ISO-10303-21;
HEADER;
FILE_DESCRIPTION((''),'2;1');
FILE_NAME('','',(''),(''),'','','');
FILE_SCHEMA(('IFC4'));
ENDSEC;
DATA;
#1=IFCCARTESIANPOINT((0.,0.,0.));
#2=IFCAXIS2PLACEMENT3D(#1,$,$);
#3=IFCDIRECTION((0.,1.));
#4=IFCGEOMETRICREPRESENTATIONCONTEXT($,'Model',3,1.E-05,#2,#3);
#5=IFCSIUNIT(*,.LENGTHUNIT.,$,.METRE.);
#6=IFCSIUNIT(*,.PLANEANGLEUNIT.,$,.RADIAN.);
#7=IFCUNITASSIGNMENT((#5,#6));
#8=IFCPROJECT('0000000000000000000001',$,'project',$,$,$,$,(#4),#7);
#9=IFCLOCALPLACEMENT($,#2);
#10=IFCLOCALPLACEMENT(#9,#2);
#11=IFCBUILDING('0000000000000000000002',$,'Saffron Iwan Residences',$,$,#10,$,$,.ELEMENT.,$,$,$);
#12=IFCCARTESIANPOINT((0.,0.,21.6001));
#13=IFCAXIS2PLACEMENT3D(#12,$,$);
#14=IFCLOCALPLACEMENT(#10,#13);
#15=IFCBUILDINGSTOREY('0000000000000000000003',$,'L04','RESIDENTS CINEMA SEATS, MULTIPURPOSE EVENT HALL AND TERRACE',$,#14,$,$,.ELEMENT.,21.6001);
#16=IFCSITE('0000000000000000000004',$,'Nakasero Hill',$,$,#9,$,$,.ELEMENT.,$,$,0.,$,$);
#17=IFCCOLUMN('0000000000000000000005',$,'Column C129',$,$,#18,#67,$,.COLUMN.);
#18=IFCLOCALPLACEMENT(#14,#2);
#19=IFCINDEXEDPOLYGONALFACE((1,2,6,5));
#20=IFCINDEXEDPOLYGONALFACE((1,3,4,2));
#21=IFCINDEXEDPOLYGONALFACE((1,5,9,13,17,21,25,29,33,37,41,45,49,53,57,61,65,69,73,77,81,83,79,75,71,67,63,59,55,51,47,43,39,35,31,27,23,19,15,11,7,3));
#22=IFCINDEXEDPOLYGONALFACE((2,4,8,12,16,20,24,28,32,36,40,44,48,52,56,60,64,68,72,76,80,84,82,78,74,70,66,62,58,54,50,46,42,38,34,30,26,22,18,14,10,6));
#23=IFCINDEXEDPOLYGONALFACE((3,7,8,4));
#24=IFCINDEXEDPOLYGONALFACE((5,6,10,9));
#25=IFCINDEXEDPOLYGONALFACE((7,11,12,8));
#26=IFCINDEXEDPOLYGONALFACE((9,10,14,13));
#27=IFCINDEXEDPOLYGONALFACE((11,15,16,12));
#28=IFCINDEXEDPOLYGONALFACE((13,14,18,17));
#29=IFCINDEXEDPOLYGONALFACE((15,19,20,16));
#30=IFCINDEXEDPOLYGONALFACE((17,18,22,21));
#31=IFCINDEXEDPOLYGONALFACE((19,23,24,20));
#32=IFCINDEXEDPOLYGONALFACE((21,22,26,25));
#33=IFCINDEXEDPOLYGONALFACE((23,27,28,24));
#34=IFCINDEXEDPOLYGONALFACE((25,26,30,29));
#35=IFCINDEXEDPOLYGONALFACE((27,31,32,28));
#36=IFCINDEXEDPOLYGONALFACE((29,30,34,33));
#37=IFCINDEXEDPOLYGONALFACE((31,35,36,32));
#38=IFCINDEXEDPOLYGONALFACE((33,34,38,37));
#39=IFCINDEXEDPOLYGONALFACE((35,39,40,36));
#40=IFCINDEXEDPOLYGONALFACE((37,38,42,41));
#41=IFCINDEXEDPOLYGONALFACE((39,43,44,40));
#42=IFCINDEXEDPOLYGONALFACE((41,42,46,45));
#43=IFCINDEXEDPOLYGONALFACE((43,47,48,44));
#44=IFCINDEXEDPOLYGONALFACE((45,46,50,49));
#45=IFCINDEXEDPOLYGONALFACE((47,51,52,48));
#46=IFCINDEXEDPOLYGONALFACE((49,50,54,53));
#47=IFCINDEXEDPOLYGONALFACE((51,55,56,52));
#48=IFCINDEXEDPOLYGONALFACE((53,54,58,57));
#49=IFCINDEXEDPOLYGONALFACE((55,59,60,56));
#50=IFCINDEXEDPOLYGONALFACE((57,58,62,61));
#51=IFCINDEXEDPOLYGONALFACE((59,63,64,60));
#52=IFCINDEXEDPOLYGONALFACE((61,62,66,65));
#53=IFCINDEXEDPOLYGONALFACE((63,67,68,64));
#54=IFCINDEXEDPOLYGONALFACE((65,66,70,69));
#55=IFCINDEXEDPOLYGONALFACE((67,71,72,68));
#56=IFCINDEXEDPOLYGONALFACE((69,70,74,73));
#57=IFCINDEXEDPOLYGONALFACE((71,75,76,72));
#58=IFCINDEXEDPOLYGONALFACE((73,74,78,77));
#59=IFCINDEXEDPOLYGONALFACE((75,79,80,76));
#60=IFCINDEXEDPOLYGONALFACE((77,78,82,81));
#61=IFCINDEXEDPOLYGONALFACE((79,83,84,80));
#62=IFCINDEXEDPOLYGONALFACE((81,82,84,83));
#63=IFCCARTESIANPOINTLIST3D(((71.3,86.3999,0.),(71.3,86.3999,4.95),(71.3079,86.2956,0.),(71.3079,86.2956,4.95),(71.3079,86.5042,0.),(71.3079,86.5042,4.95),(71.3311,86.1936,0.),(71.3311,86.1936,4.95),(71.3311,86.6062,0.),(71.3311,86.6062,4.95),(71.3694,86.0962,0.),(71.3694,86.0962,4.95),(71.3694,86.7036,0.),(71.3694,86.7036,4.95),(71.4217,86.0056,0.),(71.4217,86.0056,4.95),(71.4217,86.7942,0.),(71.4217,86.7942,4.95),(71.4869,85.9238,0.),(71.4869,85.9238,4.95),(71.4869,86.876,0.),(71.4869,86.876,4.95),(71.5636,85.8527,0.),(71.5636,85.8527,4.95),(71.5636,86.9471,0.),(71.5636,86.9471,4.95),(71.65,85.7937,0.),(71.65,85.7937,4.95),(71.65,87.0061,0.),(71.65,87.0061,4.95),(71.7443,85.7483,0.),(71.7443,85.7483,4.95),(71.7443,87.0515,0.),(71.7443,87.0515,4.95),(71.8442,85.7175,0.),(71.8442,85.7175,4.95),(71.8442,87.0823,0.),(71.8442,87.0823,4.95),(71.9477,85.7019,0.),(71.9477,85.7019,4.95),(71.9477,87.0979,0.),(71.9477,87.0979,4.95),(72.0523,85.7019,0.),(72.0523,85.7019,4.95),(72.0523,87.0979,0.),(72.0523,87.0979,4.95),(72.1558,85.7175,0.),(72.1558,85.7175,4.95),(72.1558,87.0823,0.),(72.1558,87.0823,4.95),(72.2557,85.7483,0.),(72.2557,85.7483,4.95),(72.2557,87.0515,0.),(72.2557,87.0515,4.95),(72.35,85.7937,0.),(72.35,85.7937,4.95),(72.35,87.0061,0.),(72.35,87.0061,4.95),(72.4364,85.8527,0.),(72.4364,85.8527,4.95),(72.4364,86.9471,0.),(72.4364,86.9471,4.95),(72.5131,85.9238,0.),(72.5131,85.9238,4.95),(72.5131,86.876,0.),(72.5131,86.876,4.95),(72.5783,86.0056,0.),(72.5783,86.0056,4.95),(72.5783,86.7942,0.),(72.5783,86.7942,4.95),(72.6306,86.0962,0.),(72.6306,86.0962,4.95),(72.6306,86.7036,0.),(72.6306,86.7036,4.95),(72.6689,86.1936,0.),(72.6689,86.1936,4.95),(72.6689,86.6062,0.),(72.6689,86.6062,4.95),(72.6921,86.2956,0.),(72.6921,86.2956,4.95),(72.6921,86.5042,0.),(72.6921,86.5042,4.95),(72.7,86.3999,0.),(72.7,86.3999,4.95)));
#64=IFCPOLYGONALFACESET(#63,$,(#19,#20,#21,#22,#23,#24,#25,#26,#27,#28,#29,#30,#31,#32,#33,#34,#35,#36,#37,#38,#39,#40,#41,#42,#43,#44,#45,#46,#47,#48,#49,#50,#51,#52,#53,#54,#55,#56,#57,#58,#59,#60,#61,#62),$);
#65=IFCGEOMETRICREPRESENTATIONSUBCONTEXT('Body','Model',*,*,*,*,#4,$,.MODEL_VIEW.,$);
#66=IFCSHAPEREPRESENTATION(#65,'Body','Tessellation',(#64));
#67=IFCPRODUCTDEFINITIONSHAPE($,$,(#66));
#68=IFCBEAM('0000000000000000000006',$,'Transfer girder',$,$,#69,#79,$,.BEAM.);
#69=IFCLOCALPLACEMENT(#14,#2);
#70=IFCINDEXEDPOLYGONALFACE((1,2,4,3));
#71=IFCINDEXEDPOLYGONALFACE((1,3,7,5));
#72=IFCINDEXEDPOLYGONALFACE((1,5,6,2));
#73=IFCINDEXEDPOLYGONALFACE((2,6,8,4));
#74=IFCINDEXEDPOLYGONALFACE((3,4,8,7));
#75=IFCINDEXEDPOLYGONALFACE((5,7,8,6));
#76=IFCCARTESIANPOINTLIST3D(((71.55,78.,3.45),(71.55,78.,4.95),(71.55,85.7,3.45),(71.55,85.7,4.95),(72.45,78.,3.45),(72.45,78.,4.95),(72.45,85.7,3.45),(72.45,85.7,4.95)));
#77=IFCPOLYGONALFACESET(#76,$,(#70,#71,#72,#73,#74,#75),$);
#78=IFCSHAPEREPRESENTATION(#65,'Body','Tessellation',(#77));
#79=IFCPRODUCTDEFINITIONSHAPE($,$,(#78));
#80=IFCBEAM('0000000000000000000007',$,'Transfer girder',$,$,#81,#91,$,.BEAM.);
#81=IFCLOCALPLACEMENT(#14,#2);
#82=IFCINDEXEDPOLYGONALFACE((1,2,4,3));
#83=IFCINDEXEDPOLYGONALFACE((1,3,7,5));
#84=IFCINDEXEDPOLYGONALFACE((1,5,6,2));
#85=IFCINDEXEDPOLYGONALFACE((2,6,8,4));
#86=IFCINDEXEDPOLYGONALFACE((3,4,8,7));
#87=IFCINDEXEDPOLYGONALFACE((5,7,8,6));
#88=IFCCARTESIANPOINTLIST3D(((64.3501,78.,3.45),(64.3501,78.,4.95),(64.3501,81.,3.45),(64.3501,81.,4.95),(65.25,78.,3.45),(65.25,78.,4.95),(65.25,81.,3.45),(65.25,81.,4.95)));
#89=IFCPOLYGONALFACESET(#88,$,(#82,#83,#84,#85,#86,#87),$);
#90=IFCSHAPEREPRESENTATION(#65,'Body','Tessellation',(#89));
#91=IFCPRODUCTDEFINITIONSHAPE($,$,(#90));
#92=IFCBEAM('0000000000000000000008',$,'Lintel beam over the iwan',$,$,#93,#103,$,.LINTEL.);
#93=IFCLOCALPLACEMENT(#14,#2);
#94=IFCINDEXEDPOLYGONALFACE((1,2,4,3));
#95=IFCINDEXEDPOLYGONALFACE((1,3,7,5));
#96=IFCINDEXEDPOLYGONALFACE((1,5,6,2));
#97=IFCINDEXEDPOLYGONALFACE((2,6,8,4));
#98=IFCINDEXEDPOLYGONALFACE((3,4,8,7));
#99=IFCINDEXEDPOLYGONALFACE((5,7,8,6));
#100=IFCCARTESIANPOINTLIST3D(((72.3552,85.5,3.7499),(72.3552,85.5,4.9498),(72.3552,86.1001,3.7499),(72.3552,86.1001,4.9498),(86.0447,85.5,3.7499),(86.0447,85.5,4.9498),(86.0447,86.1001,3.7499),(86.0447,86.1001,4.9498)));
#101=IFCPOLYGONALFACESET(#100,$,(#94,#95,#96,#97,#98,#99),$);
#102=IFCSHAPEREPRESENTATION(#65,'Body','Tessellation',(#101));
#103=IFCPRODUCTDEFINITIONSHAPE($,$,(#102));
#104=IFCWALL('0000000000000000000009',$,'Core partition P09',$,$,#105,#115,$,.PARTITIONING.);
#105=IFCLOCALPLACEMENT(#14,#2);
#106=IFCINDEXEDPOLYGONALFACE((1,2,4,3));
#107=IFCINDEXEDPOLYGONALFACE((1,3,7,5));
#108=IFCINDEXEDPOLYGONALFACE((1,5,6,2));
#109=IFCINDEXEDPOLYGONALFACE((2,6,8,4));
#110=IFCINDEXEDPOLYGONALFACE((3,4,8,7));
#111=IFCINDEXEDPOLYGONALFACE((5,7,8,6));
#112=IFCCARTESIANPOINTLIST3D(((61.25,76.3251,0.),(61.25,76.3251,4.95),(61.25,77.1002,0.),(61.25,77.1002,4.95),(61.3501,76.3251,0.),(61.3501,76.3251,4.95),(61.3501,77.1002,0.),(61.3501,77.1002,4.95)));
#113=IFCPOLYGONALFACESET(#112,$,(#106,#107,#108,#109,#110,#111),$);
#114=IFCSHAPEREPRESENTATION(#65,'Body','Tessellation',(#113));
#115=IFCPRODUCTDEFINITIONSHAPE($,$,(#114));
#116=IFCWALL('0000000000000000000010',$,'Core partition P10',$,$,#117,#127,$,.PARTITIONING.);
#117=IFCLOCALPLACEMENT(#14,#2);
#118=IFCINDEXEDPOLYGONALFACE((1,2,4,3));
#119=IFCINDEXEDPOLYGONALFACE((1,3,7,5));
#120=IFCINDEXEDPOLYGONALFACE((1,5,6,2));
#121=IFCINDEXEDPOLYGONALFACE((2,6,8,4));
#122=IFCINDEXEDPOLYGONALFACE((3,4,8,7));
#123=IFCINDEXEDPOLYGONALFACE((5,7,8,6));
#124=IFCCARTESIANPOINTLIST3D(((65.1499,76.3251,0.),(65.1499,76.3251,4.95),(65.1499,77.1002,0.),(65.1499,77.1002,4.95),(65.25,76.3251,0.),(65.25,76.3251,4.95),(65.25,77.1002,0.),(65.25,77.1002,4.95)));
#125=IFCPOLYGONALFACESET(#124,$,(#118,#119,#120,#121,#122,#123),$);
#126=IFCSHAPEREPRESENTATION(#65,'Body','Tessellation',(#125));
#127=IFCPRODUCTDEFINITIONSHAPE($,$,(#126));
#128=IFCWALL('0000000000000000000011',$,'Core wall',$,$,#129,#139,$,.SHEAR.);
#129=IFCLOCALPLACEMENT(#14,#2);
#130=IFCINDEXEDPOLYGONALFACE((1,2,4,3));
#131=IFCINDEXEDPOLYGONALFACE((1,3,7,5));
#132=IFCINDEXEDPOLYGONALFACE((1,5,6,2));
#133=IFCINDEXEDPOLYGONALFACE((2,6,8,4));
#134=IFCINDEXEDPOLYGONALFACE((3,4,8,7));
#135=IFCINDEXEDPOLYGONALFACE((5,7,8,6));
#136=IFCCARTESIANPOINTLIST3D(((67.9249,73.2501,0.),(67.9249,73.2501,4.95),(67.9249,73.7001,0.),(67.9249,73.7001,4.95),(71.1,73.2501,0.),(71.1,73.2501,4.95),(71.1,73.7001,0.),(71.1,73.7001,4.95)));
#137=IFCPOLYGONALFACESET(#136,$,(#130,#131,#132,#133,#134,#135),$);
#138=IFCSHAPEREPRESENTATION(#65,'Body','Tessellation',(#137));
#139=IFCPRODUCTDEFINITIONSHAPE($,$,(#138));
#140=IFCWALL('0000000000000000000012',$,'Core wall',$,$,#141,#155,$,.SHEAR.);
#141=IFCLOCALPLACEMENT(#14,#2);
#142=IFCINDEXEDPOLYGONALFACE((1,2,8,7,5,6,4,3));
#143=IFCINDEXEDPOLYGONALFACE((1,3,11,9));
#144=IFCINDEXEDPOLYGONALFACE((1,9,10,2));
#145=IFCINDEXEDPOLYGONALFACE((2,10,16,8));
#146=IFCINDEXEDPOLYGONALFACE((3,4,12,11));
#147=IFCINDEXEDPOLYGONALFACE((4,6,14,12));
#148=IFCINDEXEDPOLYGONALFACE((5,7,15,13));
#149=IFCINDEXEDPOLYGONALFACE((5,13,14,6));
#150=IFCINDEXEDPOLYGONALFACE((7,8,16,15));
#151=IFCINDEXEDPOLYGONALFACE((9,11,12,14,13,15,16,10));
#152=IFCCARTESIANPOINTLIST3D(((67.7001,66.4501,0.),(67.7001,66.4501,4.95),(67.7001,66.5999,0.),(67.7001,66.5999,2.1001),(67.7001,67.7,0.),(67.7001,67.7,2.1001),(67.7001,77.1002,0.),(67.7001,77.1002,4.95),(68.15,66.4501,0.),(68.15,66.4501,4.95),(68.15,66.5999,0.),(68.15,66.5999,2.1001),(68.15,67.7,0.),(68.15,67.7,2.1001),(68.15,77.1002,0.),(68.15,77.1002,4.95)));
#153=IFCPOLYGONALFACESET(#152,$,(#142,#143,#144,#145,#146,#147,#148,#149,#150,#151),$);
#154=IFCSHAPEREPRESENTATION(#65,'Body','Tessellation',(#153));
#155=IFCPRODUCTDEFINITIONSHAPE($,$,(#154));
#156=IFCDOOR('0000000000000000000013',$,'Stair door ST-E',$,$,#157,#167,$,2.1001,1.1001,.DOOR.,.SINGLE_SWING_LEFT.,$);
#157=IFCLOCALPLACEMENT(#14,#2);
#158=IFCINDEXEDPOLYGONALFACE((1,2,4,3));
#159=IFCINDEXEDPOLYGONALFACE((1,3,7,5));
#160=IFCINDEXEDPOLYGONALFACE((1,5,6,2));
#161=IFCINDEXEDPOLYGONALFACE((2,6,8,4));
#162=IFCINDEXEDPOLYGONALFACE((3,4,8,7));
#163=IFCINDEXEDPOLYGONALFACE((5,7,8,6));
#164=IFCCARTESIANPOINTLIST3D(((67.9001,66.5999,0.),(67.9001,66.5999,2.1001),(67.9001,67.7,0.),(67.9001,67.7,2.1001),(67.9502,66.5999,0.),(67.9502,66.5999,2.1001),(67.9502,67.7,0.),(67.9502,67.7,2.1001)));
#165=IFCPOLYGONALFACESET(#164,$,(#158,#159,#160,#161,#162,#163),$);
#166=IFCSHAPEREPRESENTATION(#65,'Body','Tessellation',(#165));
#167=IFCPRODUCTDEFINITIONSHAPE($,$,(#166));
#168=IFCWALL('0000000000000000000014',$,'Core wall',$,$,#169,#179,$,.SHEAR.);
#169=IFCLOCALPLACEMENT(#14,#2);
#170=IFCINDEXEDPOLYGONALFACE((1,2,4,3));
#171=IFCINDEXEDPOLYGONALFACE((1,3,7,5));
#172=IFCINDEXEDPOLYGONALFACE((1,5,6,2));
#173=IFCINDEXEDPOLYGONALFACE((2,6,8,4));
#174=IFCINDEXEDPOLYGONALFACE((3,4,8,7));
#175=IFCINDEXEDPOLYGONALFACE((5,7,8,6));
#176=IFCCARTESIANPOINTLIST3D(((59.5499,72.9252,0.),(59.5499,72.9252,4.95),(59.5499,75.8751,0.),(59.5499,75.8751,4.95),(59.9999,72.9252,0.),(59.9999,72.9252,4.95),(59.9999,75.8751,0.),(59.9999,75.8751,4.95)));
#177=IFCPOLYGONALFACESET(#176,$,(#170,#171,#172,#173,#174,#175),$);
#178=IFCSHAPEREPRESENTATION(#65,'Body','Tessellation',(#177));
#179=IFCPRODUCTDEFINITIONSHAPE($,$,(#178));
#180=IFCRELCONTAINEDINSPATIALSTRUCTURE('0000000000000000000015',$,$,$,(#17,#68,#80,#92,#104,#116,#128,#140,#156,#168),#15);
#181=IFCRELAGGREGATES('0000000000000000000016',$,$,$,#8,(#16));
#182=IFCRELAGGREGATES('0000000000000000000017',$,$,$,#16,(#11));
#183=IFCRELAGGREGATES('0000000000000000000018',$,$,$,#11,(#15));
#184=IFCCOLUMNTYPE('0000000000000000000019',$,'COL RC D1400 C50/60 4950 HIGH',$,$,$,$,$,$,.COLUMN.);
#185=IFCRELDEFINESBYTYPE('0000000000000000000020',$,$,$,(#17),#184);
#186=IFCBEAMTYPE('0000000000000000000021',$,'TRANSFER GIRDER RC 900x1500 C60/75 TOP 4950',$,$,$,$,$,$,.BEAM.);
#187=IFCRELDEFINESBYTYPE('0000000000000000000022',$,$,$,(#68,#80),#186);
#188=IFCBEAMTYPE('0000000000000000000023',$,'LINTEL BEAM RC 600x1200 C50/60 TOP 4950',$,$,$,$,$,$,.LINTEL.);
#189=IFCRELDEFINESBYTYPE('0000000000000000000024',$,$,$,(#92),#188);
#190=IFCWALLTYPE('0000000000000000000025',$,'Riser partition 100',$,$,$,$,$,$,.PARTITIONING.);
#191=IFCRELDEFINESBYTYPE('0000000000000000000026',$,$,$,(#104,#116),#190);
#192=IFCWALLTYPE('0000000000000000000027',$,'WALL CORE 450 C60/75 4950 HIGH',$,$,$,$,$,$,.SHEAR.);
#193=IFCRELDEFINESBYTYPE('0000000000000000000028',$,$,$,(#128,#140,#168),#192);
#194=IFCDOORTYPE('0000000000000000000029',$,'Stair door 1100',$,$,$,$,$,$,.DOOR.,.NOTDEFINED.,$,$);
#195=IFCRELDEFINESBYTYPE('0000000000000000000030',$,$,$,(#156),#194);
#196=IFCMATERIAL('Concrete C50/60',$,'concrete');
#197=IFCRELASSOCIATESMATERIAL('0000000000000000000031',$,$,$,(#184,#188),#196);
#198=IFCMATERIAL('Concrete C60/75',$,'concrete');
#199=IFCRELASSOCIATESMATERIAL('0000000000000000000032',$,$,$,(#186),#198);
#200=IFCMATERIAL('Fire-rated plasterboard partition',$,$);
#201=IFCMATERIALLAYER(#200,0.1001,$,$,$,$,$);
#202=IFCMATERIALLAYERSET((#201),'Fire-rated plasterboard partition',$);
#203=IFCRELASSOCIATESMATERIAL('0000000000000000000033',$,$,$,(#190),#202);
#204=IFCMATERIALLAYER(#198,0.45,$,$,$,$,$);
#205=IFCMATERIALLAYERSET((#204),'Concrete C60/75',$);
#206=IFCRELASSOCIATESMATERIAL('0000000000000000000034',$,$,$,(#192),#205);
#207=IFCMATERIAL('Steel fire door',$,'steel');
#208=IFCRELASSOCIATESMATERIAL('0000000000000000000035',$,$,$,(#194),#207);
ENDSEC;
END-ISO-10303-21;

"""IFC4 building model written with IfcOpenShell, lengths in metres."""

from ifc_helpers import new_model, si_unit, direction, frame, frame_2d, origin, origin_2d, place, context, subcontext, project, spatial, rectangle, circle, extrude, source, transform, mapped, material, layer, layer_set, material_profile, profile_set, type_object, element, fill, save


model = new_model("IFC4")

# Units and contexts
model_context = context("Model", 3, precision=1e-05, world=origin(), true_north=direction((0.0, 1.0)))
body_context = subcontext(model_context, "Body", "Model", "MODEL_VIEW")
ifc_project = project(units=[si_unit("LENGTHUNIT", "METRE"), si_unit("PLANEANGLEUNIT", "RADIAN")], contexts=[model_context])

# Site, building, storey
site_placement = place(None, origin())
site = spatial("IfcSite", under=ifc_project, at=site_placement, Name="Nakasero Hill", CompositionType="ELEMENT", RefElevation=0.0)
building_placement = place(site_placement, origin())
building = spatial("IfcBuilding", under=site, at=building_placement, Name="Saffron Iwan Residences", CompositionType="ELEMENT")
storey_placement = place(building_placement, frame((0.0, 0.0, 21.6001)))
storey = spatial("IfcBuildingStorey", under=building, at=storey_placement, Name="L04", Description="RESIDENTS CINEMA SEATS, MULTIPURPOSE EVENT HALL AND TERRACE", CompositionType="ELEMENT", Elevation=21.6001)

# Column
ifc_material_1 = material(Name="Concrete C50/60", Category="concrete")
ifc_material_profile_1 = material_profile(ifc_material_1, circle(Radius=0.7, at=origin_2d()), Name="RC D1400")
ifc_profile_set_1 = profile_set([ifc_material_profile_1], Name="Concrete C50/60")
column_type = type_object("IfcColumnType", Name="COL RC D1400 C50/60 4950 HIGH", PredefinedType="COLUMN", material=ifc_profile_set_1)
shared_shape_1 = source(origin(), body_context, "Body", "SweptSolid", [
    extrude(circle(Radius=0.7, at=origin_2d()), origin(), (0.0, 0.0, 1.0), 4.95),
])
column_placement = place(storey_placement, frame((72.0, 86.3999, 0.0), z_axis=(0.0, 0.0, 1.0), x_axis=(1.0, 0.0, 0.0)))
element("IfcColumn", 1, at=column_placement, inside=storey, type_object=column_type, Name="Column C129", PredefinedType="COLUMN", context=body_context, shape_type="MappedRepresentation", body=[
    mapped(shared_shape_1, transform((0.0, 0.0, 0.0))),
])

# Beams
ifc_material_2 = material(Name="Concrete C60/75", Category="concrete")
ifc_material_profile_2 = material_profile(ifc_material_2, rectangle(XDim=0.8999, YDim=1.5, at=origin_2d()), Name="RC 900x1500")
ifc_profile_set_2 = profile_set([ifc_material_profile_2], Name="Concrete C60/75")
beam_type_1 = type_object("IfcBeamType", Name="TRANSFER GIRDER RC 900x1500 C60/75 TOP 4950", PredefinedType="BEAM", material=ifc_profile_set_2)
shared_shape_2 = source(origin(), body_context, "Body", "SweptSolid", [
    extrude(rectangle(XDim=0.8999, YDim=1.5, at=origin_2d()), origin(), (0.0, 0.0, 1.0), 7.7),
])
beam_1_placement = place(storey_placement, frame((72.0, 78.0, 4.2), z_axis=(0.0, 1.0, 0.0), x_axis=(-1.0, 0.0, 0.0)))
element("IfcBeam", 2, at=beam_1_placement, inside=storey, type_object=beam_type_1, Name="Transfer girder", PredefinedType="BEAM", context=body_context, shape_type="MappedRepresentation", body=[
    mapped(shared_shape_2, transform((0.0, 0.0, 0.0))),
])
shared_shape_3 = source(origin(), body_context, "Body", "SweptSolid", [
    extrude(rectangle(XDim=0.8999, YDim=1.5, at=origin_2d()), origin(), (0.0, 0.0, 1.0), 3.0),
])
beam_2_placement = place(storey_placement, frame((64.8, 78.0, 4.2), z_axis=(0.0, 1.0, 0.0), x_axis=(-1.0, 0.0, 0.0)))
element("IfcBeam", 3, at=beam_2_placement, inside=storey, type_object=beam_type_1, Name="Transfer girder", PredefinedType="BEAM", context=body_context, shape_type="MappedRepresentation", body=[
    mapped(shared_shape_3, transform((0.0, 0.0, 0.0))),
])
ifc_material_profile_3 = material_profile(ifc_material_1, rectangle(XDim=0.6001, YDim=1.2, at=origin_2d()), Name="RC 600x1200")
ifc_profile_set_3 = profile_set([ifc_material_profile_3], Name="Concrete C50/60")
beam_type_2 = type_object("IfcBeamType", Name="LINTEL BEAM RC 600x1200 C50/60 TOP 4950", PredefinedType="LINTEL", material=ifc_profile_set_3)
shared_shape_4 = source(origin(), body_context, "Body", "SweptSolid", [
    extrude(rectangle(XDim=0.6001, YDim=1.2, at=origin_2d()), origin(), (0.0, 0.0, 1.0), 13.6895),
])
beam_3_placement = place(storey_placement, frame((72.3552, 85.8, 4.3499), z_axis=(1.0, 0.0, 0.0), x_axis=(0.0, 1.0, 0.0)))
element("IfcBeam", 4, at=beam_3_placement, inside=storey, type_object=beam_type_2, Name="Lintel beam over the iwan", PredefinedType="LINTEL", context=body_context, shape_type="MappedRepresentation", body=[
    mapped(shared_shape_4, transform((0.0, 0.0, 0.0))),
])

# Walls
ifc_material_3 = material(Name="Fire-rated plasterboard partition")
ifc_layer_1 = layer(ifc_material_3, 0.1001)
ifc_layer_set_1 = layer_set([ifc_layer_1], Name="Fire-rated plasterboard partition")
wall_type_1 = type_object("IfcWallType", Name="Riser partition 100", PredefinedType="PARTITIONING", material=ifc_layer_set_1)
for number, where, z_axis, x_axis, name in (
    (5, (61.3, 76.325, 0.0), (0.0, 0.0, 1.0), (0.0, 1.0, 0.0), "Core partition P09"),
    (6, (65.2, 76.325, 0.0), (0.0, 0.0, 1.0), (0.0, 1.0, 0.0), "Core partition P10"),
):
    element("IfcWall", number, at=place(storey_placement, frame(where, z_axis=z_axis, x_axis=x_axis)), inside=storey, type_object=wall_type_1, Name=name, PredefinedType="PARTITIONING", context=body_context, shape_type="SweptSolid", body=[
        extrude(rectangle(XDim=0.7751, YDim=0.1001, at=frame_2d((0.3877, 0.0))), origin(), (0.0, 0.0, 1.0), 4.95),
    ])
ifc_layer_2 = layer(ifc_material_2, 0.45)
ifc_layer_set_2 = layer_set([ifc_layer_2], Name="Concrete C60/75")
wall_type_2 = type_object("IfcWallType", Name="WALL CORE 450 C60/75 4950 HIGH", PredefinedType="SHEAR", material=ifc_layer_set_2)
wall_1_placement = place(storey_placement, frame((67.925, 73.4751, 0.0), z_axis=(0.0, 0.0, 1.0), x_axis=(1.0, 0.0, 0.0)))
element("IfcWall", 7, at=wall_1_placement, inside=storey, type_object=wall_type_2, Name="Core wall", PredefinedType="SHEAR", context=body_context, shape_type="SweptSolid", body=[
    extrude(rectangle(XDim=3.175, YDim=0.45, at=frame_2d((1.5874, 0.0))), origin(), (0.0, 0.0, 1.0), 4.95),
])

# Wall, opening, door
wall_2_placement = place(storey_placement, frame((67.925, 66.45, 0.0), z_axis=(0.0, 0.0, 1.0), x_axis=(0.0, 1.0, 0.0)))
wall_2 = element("IfcWall", 8, at=wall_2_placement, inside=storey, type_object=wall_type_2, Name="Core wall", PredefinedType="SHEAR", context=body_context, shape_type="SweptSolid", body=[
    extrude(rectangle(XDim=10.6501, YDim=0.45, at=frame_2d((5.3252, 0.0))), origin(), (0.0, 0.0, 1.0), 4.95),
])
opening_placement = place(wall_2_placement, frame((0.1499, 0.0, 0.0)))
opening = element("IfcOpeningElement", 9, at=opening_placement, cuts=wall_2, PredefinedType="OPENING", context=body_context, shape_type="SweptSolid", body=[
    extrude(rectangle(XDim=1.1001, YDim=2.1001, at=frame_2d((0.55, 1.05))), frame((0.0, 0.2349, 0.0), z_axis=(0.0, -1.0, 0.0), x_axis=(1.0, 0.0, 0.0)), (0.0, 0.0, 1.0), 0.47),
])
ifc_material_4 = material(Name="Steel fire door", Category="steel")
door_type = type_object("IfcDoorType", Name="Stair door 1100", OperationType="NOTDEFINED", PredefinedType="DOOR", material=ifc_material_4)
door_placement = place(opening_placement, origin())
door = element("IfcDoor", 10, at=door_placement, inside=storey, type_object=door_type, Name="Stair door ST-E", OperationType="SINGLE_SWING_LEFT", OverallHeight=2.1001, OverallWidth=1.1001, PredefinedType="DOOR", context=body_context, shape_type="SweptSolid", body=[
    extrude(rectangle(XDim=1.1001, YDim=2.1001, at=frame_2d((0.55, 1.05))), frame((0.0, 0.0249, 0.0), z_axis=(0.0, -1.0, 0.0), x_axis=(1.0, 0.0, 0.0)), (0.0, 0.0, 1.0), 0.05),
])
fill(opening, door)

# Wall
for number, where, z_axis, x_axis, name in (
    (11, (59.7749, 72.925, 0.0), (0.0, 0.0, 1.0), (0.0, 1.0, 0.0), "Core wall"),
):
    element("IfcWall", number, at=place(storey_placement, frame(where, z_axis=z_axis, x_axis=x_axis)), inside=storey, type_object=wall_type_2, Name=name, PredefinedType="SHEAR", context=body_context, shape_type="SweptSolid", body=[
        extrude(rectangle(XDim=2.95, YDim=0.45, at=frame_2d((1.4751, 0.0))), origin(), (0.0, 0.0, 1.0), 4.95),
    ])

save(model, "model.ifc")
